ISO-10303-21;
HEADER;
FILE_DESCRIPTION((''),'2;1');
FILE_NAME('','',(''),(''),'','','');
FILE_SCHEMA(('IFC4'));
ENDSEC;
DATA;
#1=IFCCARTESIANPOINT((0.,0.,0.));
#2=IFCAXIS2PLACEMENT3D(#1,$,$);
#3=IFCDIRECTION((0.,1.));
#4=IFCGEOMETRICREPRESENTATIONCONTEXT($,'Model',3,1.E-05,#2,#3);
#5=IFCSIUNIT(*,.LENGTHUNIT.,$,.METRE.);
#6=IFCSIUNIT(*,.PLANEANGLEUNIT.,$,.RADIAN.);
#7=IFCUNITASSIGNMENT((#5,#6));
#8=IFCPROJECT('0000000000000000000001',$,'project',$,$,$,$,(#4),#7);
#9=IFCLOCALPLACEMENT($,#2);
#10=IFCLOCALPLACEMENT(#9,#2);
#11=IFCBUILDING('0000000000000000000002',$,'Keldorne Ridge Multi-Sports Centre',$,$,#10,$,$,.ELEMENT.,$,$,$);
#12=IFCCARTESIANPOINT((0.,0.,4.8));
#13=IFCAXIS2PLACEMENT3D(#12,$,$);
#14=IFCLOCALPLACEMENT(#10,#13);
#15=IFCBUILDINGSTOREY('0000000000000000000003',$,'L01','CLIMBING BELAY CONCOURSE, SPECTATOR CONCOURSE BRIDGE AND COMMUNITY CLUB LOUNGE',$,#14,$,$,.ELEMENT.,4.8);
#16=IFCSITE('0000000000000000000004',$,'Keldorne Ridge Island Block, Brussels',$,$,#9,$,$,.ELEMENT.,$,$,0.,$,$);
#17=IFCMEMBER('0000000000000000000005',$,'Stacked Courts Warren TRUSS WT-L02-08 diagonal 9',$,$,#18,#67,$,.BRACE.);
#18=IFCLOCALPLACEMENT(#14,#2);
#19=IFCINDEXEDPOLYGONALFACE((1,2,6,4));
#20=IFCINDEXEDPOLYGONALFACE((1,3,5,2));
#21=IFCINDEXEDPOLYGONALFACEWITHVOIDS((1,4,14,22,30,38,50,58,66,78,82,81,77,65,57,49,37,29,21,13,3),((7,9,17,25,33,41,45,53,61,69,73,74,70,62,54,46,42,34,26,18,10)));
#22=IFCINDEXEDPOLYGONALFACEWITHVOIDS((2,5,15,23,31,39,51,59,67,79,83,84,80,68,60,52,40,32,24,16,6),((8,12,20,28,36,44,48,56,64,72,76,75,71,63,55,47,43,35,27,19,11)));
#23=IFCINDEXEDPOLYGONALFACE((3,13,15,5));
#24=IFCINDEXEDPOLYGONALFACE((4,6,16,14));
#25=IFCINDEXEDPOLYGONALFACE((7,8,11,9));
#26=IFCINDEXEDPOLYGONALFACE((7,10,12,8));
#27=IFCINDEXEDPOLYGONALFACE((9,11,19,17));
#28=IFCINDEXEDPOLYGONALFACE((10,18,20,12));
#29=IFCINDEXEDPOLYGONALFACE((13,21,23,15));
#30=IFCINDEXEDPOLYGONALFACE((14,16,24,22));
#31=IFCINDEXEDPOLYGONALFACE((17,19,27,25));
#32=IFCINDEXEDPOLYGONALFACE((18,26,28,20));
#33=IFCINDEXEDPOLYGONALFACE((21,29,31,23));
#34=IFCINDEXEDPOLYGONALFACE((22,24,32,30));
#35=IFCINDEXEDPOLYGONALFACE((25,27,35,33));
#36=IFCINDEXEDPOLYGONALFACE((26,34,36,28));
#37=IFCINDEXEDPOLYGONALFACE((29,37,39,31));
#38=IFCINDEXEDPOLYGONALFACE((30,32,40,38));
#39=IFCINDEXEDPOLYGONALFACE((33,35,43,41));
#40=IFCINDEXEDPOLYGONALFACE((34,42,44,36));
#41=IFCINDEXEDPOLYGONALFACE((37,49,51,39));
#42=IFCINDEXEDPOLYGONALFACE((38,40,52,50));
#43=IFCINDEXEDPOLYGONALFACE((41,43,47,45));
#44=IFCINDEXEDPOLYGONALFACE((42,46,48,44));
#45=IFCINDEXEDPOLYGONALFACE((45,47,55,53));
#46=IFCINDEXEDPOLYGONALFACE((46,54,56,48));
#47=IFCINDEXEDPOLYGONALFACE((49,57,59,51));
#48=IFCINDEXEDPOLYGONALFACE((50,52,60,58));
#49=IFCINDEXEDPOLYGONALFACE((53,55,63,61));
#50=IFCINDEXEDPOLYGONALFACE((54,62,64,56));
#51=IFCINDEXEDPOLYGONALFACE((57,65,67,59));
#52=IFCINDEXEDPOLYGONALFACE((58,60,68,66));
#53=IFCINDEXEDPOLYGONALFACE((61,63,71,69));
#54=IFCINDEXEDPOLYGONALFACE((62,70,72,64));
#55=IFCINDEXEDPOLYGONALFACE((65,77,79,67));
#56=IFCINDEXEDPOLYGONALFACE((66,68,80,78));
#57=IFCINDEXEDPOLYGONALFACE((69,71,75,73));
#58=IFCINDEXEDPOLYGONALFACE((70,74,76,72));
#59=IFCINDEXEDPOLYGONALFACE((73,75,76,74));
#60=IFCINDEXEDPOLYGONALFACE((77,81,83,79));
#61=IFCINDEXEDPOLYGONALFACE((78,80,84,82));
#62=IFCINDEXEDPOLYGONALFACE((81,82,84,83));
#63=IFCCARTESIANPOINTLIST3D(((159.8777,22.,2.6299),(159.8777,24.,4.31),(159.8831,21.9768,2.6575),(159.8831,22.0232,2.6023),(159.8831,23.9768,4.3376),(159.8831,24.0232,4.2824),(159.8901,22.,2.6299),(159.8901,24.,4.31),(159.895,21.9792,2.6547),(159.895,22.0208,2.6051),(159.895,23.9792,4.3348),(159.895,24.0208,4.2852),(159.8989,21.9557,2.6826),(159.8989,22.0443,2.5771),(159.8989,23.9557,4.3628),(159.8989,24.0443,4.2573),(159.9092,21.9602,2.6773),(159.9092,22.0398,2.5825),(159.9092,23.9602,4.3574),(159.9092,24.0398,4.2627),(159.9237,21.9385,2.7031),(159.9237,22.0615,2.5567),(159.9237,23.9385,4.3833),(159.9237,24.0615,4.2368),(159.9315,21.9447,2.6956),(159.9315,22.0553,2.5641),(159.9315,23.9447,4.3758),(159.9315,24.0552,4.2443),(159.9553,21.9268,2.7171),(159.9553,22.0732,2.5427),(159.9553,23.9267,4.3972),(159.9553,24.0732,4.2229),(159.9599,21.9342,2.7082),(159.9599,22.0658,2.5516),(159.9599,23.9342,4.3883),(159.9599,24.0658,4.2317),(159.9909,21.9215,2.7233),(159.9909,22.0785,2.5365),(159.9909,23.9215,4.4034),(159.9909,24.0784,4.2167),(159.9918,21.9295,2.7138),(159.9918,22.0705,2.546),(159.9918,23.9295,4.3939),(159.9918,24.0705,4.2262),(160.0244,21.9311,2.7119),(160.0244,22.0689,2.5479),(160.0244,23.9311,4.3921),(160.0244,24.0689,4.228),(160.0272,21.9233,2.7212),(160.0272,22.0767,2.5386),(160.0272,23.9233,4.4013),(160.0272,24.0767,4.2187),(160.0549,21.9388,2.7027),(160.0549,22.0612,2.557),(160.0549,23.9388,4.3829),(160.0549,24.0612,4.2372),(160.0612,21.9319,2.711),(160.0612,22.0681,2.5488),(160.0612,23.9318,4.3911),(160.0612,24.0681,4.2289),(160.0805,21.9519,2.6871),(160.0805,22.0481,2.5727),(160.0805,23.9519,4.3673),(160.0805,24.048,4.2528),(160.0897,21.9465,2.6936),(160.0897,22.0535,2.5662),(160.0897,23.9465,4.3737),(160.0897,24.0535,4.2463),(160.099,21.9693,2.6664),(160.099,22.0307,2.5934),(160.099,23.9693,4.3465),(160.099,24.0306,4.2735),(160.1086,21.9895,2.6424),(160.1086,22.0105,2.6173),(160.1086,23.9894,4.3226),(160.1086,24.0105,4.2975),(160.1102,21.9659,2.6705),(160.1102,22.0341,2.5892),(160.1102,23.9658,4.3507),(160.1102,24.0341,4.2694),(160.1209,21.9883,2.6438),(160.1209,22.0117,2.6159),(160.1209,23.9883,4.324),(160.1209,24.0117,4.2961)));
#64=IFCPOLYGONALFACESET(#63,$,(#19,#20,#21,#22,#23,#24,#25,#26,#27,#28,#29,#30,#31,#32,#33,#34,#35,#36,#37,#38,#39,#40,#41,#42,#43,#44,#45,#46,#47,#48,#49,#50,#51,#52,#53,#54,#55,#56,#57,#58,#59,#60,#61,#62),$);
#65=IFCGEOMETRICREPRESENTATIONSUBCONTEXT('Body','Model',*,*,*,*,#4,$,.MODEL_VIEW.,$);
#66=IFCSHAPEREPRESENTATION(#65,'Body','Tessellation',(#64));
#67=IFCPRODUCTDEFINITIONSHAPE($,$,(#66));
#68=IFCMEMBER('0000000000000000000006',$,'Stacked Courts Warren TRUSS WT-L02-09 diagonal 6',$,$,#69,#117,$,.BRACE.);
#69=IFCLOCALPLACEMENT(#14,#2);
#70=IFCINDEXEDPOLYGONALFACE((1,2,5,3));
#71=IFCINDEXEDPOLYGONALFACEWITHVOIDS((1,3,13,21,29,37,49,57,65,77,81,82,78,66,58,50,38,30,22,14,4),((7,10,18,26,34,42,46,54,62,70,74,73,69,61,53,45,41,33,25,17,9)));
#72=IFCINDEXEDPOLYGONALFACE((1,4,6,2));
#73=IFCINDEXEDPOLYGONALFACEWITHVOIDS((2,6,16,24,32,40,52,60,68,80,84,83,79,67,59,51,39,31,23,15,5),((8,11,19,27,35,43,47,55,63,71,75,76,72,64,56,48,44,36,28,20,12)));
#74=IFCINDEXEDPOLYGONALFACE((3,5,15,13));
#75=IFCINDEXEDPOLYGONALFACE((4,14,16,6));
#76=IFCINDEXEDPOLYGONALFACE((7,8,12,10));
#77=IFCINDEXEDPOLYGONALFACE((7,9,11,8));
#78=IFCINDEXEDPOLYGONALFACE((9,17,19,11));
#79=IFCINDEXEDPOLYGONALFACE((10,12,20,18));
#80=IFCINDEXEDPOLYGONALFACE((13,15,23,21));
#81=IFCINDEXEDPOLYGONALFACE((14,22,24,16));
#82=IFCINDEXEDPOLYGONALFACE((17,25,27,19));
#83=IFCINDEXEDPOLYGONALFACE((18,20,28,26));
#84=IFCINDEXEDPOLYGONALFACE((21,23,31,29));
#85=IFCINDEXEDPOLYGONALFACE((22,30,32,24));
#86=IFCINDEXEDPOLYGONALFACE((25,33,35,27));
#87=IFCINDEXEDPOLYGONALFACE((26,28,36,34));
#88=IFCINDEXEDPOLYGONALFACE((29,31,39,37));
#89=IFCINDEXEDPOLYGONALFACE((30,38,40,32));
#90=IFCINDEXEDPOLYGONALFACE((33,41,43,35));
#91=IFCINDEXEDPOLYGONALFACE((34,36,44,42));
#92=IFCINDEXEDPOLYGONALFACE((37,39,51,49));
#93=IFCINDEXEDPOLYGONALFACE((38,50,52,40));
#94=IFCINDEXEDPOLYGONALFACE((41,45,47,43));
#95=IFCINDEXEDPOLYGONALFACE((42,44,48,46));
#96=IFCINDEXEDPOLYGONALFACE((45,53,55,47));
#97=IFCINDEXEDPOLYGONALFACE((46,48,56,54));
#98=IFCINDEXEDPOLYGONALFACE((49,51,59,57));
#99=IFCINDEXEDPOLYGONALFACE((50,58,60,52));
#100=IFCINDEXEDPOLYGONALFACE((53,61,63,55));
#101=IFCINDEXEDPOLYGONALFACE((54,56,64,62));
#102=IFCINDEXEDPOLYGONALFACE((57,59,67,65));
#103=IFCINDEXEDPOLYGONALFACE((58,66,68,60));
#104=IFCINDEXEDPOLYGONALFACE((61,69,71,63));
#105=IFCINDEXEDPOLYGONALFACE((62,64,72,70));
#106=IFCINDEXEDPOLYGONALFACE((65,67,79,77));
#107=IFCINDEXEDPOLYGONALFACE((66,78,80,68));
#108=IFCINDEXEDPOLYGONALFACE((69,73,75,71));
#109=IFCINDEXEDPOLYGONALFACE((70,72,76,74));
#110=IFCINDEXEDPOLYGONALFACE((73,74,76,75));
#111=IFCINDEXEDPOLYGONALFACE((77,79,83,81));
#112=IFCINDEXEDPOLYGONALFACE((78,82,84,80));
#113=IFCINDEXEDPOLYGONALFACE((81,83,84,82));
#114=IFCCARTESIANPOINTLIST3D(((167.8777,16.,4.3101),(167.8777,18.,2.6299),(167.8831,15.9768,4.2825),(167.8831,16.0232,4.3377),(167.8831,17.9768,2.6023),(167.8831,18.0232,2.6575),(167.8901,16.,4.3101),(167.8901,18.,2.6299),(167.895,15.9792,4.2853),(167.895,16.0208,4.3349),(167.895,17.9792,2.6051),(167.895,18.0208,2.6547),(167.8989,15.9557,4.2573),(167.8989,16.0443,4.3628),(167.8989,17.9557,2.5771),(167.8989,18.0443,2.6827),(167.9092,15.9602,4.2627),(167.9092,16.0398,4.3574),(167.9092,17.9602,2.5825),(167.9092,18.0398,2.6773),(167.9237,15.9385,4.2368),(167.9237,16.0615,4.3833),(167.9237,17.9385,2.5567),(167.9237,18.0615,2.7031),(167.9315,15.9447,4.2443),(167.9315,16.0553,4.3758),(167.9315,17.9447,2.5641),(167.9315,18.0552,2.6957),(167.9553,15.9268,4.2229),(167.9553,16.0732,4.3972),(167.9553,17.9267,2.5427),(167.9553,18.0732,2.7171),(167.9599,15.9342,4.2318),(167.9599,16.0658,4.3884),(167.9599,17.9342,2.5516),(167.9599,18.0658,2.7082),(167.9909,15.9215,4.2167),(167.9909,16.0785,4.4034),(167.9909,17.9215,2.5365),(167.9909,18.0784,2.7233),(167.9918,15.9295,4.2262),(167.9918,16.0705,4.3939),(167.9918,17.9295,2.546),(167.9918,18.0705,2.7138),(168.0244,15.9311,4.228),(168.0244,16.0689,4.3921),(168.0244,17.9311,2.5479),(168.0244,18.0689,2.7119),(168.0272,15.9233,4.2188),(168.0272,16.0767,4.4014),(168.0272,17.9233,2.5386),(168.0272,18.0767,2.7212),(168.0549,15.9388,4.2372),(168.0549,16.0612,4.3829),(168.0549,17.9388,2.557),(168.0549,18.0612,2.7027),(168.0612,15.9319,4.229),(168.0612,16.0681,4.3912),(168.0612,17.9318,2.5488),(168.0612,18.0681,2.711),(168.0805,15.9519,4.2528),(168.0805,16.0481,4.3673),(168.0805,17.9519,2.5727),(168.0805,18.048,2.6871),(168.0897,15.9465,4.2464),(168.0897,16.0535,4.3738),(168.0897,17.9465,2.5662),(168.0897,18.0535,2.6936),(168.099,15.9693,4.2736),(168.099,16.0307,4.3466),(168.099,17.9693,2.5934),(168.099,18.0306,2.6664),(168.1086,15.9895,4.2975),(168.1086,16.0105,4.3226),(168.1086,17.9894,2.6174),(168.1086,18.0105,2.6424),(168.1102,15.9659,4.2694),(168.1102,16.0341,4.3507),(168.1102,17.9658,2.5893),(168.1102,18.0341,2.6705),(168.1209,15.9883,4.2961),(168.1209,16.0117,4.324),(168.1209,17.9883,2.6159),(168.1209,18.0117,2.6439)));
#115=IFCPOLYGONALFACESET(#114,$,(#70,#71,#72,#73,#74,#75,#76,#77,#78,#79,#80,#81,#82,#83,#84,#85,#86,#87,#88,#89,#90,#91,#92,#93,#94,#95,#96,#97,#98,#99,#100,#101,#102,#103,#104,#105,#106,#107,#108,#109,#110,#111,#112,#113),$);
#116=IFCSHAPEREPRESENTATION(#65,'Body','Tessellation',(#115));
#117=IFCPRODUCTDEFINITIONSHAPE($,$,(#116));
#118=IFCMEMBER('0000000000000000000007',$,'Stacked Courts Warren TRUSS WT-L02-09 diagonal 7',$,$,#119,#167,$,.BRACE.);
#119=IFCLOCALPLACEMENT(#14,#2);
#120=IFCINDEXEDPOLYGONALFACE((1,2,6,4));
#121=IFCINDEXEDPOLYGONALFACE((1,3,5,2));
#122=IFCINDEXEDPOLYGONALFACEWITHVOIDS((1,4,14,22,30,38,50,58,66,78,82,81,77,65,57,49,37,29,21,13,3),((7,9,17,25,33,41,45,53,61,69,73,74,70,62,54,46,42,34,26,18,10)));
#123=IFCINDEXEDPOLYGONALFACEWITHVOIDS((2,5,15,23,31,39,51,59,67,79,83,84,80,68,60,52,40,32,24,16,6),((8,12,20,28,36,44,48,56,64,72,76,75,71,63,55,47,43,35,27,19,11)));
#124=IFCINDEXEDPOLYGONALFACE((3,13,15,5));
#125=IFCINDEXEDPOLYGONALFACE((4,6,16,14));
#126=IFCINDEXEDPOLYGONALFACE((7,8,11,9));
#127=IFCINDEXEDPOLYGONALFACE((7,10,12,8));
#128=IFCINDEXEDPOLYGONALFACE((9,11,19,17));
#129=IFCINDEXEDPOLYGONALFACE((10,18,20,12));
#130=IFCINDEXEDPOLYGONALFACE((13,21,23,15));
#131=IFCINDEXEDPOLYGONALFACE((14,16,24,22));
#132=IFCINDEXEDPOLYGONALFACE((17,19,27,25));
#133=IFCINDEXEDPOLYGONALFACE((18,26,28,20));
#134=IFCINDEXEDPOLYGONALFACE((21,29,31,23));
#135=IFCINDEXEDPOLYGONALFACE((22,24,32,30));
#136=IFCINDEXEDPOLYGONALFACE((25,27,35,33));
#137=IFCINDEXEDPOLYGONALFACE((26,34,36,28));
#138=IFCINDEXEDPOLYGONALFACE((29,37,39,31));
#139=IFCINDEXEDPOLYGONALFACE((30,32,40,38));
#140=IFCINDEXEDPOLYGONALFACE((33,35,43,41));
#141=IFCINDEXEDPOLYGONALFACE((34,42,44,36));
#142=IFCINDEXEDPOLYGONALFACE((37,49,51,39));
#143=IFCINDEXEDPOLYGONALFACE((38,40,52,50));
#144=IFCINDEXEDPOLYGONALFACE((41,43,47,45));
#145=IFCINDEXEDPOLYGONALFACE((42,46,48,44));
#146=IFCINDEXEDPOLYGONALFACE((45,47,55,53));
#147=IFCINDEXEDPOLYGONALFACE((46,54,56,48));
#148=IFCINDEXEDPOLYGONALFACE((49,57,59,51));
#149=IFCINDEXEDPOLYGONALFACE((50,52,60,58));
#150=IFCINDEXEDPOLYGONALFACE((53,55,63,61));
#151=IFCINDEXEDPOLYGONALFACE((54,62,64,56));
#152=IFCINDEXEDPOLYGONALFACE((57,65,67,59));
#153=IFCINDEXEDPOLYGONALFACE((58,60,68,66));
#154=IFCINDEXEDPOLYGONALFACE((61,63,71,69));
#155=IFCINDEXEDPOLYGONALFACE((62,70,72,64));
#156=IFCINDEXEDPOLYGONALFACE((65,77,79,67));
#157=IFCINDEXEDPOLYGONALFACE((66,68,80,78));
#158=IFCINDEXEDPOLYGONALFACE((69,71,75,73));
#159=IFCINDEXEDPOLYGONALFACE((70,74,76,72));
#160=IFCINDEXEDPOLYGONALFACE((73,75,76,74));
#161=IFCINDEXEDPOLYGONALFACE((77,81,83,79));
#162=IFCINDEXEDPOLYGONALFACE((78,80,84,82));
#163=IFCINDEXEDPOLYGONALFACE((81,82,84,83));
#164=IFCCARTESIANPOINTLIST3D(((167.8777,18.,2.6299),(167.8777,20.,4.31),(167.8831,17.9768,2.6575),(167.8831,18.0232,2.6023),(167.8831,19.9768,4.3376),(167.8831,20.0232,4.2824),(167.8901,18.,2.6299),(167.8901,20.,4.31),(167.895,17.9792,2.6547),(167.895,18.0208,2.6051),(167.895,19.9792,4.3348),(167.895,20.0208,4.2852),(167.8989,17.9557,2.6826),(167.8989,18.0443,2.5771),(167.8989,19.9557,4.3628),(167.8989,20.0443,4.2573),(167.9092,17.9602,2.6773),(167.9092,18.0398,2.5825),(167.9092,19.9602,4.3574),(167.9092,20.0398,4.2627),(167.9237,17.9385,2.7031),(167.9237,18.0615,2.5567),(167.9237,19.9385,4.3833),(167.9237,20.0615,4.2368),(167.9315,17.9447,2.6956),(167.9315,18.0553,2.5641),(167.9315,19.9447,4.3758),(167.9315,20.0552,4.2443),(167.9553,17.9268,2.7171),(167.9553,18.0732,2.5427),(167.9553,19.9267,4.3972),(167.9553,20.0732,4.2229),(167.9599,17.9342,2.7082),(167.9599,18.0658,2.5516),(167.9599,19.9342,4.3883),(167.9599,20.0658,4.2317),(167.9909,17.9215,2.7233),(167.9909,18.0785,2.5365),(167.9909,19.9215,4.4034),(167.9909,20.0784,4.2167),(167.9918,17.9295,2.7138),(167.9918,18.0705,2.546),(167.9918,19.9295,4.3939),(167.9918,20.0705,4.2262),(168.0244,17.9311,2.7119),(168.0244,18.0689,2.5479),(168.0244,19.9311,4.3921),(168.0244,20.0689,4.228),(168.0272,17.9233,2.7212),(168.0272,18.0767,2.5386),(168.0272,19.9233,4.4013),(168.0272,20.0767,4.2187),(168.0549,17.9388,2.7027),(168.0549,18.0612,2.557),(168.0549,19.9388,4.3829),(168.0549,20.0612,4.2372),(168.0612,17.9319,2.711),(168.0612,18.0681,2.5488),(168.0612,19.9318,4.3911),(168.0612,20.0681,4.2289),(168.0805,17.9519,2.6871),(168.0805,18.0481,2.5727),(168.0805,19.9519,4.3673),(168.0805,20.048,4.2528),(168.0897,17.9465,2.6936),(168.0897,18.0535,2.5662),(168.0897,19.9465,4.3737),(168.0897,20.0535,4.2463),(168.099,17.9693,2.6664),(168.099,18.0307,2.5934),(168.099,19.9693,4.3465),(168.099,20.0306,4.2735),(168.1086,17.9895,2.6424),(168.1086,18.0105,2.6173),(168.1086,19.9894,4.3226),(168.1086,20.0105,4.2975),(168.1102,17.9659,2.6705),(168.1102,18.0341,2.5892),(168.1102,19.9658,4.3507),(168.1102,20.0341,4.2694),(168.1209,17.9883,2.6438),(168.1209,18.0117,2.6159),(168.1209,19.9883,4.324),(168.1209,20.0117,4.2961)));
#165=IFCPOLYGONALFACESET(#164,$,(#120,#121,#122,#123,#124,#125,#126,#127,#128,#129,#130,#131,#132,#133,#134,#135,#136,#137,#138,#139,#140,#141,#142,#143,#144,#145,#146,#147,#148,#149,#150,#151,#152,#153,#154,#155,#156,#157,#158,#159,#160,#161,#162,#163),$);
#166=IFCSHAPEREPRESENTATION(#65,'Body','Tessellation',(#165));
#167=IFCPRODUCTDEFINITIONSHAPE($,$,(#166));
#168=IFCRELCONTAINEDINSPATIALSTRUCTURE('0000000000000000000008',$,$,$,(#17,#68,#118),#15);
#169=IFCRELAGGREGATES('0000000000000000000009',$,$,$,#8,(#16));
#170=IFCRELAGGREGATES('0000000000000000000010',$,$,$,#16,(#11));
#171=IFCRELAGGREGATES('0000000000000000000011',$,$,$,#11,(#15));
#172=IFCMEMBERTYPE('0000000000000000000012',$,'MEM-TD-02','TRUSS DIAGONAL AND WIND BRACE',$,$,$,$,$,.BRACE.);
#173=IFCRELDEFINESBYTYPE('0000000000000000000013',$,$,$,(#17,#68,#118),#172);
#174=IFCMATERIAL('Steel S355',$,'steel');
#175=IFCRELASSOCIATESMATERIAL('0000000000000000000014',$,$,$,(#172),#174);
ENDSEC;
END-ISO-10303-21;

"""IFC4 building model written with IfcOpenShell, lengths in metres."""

from ifc_helpers import new_model, si_unit, direction, frame, origin, origin_2d, place, context, subcontext, project, spatial, hollow_circle, extrude, material, material_profile, profile_set, type_object, element, save


model = new_model("IFC4")

# Units and contexts
model_context = context("Model", 3, precision=1e-05, world=origin(), true_north=direction((0.0, 1.0)))
body_context = subcontext(model_context, "Body", "Model", "MODEL_VIEW")
ifc_project = project(units=[si_unit("LENGTHUNIT", "METRE"), si_unit("PLANEANGLEUNIT", "RADIAN")], contexts=[model_context])

# Site, building, storey
site_placement = place(None, origin())
site = spatial("IfcSite", under=ifc_project, at=site_placement, Name="Keldorne Ridge Island Block, Brussels", CompositionType="ELEMENT", RefElevation=0.0)
building_placement = place(site_placement, origin())
building = spatial("IfcBuilding", under=site, at=building_placement, Name="Keldorne Ridge Multi-Sports Centre", CompositionType="ELEMENT")
storey_placement = place(building_placement, frame((0.0, 0.0, 4.8)))
storey = spatial("IfcBuildingStorey", under=building, at=storey_placement, Name="L01", Description="CLIMBING BELAY CONCOURSE, SPECTATOR CONCOURSE BRIDGE AND COMMUNITY CLUB LOUNGE", CompositionType="ELEMENT", Elevation=4.8)

# Shared definitions
ifc_material_1 = material(Name="Steel S355", Category="steel")

# Members
ifc_material_profile_1 = material_profile(ifc_material_1, hollow_circle(Radius=0.1223, WallThickness=0.0125, at=origin_2d()), Name="CHS 244.5x12.5")
ifc_profile_set_1 = profile_set([ifc_material_profile_1], Name="Steel S355")
member_type_1 = type_object("IfcMemberType", Name="MEM-TD-02", Description="TRUSS DIAGONAL AND WIND BRACE", PredefinedType="BRACE", material=ifc_profile_set_1)
for number, where, z_axis, x_axis, name in (
    (1, (160.0, 22.0, 2.6299), (0.0, 0.765672, 0.643232), (-1.0, 0.0, 0.0), "Stacked Courts Warren TRUSS WT-L02-08 diagonal 9"),
    (2, (168.0, 16.0, 4.3101), (0.0, 0.765672, -0.643232), (-1.0, 0.0, 0.0), "Stacked Courts Warren TRUSS WT-L02-09 diagonal 6"),
    (3, (168.0, 18.0, 2.6299), (0.0, 0.765672, 0.643232), (-1.0, 0.0, 0.0), "Stacked Courts Warren TRUSS WT-L02-09 diagonal 7"),
):
    element("IfcMember", number, at=place(storey_placement, frame(where, z_axis=z_axis, x_axis=x_axis)), inside=storey, type_object=member_type_1, Name=name, PredefinedType="BRACE", context=body_context, shape_type="SweptSolid", body=[
        extrude(hollow_circle(Radius=0.1223, WallThickness=0.0125, at=origin_2d()), origin(), (0.0, 0.0, 1.0), 2.6121),
    ])

save(model, "model.ifc")
